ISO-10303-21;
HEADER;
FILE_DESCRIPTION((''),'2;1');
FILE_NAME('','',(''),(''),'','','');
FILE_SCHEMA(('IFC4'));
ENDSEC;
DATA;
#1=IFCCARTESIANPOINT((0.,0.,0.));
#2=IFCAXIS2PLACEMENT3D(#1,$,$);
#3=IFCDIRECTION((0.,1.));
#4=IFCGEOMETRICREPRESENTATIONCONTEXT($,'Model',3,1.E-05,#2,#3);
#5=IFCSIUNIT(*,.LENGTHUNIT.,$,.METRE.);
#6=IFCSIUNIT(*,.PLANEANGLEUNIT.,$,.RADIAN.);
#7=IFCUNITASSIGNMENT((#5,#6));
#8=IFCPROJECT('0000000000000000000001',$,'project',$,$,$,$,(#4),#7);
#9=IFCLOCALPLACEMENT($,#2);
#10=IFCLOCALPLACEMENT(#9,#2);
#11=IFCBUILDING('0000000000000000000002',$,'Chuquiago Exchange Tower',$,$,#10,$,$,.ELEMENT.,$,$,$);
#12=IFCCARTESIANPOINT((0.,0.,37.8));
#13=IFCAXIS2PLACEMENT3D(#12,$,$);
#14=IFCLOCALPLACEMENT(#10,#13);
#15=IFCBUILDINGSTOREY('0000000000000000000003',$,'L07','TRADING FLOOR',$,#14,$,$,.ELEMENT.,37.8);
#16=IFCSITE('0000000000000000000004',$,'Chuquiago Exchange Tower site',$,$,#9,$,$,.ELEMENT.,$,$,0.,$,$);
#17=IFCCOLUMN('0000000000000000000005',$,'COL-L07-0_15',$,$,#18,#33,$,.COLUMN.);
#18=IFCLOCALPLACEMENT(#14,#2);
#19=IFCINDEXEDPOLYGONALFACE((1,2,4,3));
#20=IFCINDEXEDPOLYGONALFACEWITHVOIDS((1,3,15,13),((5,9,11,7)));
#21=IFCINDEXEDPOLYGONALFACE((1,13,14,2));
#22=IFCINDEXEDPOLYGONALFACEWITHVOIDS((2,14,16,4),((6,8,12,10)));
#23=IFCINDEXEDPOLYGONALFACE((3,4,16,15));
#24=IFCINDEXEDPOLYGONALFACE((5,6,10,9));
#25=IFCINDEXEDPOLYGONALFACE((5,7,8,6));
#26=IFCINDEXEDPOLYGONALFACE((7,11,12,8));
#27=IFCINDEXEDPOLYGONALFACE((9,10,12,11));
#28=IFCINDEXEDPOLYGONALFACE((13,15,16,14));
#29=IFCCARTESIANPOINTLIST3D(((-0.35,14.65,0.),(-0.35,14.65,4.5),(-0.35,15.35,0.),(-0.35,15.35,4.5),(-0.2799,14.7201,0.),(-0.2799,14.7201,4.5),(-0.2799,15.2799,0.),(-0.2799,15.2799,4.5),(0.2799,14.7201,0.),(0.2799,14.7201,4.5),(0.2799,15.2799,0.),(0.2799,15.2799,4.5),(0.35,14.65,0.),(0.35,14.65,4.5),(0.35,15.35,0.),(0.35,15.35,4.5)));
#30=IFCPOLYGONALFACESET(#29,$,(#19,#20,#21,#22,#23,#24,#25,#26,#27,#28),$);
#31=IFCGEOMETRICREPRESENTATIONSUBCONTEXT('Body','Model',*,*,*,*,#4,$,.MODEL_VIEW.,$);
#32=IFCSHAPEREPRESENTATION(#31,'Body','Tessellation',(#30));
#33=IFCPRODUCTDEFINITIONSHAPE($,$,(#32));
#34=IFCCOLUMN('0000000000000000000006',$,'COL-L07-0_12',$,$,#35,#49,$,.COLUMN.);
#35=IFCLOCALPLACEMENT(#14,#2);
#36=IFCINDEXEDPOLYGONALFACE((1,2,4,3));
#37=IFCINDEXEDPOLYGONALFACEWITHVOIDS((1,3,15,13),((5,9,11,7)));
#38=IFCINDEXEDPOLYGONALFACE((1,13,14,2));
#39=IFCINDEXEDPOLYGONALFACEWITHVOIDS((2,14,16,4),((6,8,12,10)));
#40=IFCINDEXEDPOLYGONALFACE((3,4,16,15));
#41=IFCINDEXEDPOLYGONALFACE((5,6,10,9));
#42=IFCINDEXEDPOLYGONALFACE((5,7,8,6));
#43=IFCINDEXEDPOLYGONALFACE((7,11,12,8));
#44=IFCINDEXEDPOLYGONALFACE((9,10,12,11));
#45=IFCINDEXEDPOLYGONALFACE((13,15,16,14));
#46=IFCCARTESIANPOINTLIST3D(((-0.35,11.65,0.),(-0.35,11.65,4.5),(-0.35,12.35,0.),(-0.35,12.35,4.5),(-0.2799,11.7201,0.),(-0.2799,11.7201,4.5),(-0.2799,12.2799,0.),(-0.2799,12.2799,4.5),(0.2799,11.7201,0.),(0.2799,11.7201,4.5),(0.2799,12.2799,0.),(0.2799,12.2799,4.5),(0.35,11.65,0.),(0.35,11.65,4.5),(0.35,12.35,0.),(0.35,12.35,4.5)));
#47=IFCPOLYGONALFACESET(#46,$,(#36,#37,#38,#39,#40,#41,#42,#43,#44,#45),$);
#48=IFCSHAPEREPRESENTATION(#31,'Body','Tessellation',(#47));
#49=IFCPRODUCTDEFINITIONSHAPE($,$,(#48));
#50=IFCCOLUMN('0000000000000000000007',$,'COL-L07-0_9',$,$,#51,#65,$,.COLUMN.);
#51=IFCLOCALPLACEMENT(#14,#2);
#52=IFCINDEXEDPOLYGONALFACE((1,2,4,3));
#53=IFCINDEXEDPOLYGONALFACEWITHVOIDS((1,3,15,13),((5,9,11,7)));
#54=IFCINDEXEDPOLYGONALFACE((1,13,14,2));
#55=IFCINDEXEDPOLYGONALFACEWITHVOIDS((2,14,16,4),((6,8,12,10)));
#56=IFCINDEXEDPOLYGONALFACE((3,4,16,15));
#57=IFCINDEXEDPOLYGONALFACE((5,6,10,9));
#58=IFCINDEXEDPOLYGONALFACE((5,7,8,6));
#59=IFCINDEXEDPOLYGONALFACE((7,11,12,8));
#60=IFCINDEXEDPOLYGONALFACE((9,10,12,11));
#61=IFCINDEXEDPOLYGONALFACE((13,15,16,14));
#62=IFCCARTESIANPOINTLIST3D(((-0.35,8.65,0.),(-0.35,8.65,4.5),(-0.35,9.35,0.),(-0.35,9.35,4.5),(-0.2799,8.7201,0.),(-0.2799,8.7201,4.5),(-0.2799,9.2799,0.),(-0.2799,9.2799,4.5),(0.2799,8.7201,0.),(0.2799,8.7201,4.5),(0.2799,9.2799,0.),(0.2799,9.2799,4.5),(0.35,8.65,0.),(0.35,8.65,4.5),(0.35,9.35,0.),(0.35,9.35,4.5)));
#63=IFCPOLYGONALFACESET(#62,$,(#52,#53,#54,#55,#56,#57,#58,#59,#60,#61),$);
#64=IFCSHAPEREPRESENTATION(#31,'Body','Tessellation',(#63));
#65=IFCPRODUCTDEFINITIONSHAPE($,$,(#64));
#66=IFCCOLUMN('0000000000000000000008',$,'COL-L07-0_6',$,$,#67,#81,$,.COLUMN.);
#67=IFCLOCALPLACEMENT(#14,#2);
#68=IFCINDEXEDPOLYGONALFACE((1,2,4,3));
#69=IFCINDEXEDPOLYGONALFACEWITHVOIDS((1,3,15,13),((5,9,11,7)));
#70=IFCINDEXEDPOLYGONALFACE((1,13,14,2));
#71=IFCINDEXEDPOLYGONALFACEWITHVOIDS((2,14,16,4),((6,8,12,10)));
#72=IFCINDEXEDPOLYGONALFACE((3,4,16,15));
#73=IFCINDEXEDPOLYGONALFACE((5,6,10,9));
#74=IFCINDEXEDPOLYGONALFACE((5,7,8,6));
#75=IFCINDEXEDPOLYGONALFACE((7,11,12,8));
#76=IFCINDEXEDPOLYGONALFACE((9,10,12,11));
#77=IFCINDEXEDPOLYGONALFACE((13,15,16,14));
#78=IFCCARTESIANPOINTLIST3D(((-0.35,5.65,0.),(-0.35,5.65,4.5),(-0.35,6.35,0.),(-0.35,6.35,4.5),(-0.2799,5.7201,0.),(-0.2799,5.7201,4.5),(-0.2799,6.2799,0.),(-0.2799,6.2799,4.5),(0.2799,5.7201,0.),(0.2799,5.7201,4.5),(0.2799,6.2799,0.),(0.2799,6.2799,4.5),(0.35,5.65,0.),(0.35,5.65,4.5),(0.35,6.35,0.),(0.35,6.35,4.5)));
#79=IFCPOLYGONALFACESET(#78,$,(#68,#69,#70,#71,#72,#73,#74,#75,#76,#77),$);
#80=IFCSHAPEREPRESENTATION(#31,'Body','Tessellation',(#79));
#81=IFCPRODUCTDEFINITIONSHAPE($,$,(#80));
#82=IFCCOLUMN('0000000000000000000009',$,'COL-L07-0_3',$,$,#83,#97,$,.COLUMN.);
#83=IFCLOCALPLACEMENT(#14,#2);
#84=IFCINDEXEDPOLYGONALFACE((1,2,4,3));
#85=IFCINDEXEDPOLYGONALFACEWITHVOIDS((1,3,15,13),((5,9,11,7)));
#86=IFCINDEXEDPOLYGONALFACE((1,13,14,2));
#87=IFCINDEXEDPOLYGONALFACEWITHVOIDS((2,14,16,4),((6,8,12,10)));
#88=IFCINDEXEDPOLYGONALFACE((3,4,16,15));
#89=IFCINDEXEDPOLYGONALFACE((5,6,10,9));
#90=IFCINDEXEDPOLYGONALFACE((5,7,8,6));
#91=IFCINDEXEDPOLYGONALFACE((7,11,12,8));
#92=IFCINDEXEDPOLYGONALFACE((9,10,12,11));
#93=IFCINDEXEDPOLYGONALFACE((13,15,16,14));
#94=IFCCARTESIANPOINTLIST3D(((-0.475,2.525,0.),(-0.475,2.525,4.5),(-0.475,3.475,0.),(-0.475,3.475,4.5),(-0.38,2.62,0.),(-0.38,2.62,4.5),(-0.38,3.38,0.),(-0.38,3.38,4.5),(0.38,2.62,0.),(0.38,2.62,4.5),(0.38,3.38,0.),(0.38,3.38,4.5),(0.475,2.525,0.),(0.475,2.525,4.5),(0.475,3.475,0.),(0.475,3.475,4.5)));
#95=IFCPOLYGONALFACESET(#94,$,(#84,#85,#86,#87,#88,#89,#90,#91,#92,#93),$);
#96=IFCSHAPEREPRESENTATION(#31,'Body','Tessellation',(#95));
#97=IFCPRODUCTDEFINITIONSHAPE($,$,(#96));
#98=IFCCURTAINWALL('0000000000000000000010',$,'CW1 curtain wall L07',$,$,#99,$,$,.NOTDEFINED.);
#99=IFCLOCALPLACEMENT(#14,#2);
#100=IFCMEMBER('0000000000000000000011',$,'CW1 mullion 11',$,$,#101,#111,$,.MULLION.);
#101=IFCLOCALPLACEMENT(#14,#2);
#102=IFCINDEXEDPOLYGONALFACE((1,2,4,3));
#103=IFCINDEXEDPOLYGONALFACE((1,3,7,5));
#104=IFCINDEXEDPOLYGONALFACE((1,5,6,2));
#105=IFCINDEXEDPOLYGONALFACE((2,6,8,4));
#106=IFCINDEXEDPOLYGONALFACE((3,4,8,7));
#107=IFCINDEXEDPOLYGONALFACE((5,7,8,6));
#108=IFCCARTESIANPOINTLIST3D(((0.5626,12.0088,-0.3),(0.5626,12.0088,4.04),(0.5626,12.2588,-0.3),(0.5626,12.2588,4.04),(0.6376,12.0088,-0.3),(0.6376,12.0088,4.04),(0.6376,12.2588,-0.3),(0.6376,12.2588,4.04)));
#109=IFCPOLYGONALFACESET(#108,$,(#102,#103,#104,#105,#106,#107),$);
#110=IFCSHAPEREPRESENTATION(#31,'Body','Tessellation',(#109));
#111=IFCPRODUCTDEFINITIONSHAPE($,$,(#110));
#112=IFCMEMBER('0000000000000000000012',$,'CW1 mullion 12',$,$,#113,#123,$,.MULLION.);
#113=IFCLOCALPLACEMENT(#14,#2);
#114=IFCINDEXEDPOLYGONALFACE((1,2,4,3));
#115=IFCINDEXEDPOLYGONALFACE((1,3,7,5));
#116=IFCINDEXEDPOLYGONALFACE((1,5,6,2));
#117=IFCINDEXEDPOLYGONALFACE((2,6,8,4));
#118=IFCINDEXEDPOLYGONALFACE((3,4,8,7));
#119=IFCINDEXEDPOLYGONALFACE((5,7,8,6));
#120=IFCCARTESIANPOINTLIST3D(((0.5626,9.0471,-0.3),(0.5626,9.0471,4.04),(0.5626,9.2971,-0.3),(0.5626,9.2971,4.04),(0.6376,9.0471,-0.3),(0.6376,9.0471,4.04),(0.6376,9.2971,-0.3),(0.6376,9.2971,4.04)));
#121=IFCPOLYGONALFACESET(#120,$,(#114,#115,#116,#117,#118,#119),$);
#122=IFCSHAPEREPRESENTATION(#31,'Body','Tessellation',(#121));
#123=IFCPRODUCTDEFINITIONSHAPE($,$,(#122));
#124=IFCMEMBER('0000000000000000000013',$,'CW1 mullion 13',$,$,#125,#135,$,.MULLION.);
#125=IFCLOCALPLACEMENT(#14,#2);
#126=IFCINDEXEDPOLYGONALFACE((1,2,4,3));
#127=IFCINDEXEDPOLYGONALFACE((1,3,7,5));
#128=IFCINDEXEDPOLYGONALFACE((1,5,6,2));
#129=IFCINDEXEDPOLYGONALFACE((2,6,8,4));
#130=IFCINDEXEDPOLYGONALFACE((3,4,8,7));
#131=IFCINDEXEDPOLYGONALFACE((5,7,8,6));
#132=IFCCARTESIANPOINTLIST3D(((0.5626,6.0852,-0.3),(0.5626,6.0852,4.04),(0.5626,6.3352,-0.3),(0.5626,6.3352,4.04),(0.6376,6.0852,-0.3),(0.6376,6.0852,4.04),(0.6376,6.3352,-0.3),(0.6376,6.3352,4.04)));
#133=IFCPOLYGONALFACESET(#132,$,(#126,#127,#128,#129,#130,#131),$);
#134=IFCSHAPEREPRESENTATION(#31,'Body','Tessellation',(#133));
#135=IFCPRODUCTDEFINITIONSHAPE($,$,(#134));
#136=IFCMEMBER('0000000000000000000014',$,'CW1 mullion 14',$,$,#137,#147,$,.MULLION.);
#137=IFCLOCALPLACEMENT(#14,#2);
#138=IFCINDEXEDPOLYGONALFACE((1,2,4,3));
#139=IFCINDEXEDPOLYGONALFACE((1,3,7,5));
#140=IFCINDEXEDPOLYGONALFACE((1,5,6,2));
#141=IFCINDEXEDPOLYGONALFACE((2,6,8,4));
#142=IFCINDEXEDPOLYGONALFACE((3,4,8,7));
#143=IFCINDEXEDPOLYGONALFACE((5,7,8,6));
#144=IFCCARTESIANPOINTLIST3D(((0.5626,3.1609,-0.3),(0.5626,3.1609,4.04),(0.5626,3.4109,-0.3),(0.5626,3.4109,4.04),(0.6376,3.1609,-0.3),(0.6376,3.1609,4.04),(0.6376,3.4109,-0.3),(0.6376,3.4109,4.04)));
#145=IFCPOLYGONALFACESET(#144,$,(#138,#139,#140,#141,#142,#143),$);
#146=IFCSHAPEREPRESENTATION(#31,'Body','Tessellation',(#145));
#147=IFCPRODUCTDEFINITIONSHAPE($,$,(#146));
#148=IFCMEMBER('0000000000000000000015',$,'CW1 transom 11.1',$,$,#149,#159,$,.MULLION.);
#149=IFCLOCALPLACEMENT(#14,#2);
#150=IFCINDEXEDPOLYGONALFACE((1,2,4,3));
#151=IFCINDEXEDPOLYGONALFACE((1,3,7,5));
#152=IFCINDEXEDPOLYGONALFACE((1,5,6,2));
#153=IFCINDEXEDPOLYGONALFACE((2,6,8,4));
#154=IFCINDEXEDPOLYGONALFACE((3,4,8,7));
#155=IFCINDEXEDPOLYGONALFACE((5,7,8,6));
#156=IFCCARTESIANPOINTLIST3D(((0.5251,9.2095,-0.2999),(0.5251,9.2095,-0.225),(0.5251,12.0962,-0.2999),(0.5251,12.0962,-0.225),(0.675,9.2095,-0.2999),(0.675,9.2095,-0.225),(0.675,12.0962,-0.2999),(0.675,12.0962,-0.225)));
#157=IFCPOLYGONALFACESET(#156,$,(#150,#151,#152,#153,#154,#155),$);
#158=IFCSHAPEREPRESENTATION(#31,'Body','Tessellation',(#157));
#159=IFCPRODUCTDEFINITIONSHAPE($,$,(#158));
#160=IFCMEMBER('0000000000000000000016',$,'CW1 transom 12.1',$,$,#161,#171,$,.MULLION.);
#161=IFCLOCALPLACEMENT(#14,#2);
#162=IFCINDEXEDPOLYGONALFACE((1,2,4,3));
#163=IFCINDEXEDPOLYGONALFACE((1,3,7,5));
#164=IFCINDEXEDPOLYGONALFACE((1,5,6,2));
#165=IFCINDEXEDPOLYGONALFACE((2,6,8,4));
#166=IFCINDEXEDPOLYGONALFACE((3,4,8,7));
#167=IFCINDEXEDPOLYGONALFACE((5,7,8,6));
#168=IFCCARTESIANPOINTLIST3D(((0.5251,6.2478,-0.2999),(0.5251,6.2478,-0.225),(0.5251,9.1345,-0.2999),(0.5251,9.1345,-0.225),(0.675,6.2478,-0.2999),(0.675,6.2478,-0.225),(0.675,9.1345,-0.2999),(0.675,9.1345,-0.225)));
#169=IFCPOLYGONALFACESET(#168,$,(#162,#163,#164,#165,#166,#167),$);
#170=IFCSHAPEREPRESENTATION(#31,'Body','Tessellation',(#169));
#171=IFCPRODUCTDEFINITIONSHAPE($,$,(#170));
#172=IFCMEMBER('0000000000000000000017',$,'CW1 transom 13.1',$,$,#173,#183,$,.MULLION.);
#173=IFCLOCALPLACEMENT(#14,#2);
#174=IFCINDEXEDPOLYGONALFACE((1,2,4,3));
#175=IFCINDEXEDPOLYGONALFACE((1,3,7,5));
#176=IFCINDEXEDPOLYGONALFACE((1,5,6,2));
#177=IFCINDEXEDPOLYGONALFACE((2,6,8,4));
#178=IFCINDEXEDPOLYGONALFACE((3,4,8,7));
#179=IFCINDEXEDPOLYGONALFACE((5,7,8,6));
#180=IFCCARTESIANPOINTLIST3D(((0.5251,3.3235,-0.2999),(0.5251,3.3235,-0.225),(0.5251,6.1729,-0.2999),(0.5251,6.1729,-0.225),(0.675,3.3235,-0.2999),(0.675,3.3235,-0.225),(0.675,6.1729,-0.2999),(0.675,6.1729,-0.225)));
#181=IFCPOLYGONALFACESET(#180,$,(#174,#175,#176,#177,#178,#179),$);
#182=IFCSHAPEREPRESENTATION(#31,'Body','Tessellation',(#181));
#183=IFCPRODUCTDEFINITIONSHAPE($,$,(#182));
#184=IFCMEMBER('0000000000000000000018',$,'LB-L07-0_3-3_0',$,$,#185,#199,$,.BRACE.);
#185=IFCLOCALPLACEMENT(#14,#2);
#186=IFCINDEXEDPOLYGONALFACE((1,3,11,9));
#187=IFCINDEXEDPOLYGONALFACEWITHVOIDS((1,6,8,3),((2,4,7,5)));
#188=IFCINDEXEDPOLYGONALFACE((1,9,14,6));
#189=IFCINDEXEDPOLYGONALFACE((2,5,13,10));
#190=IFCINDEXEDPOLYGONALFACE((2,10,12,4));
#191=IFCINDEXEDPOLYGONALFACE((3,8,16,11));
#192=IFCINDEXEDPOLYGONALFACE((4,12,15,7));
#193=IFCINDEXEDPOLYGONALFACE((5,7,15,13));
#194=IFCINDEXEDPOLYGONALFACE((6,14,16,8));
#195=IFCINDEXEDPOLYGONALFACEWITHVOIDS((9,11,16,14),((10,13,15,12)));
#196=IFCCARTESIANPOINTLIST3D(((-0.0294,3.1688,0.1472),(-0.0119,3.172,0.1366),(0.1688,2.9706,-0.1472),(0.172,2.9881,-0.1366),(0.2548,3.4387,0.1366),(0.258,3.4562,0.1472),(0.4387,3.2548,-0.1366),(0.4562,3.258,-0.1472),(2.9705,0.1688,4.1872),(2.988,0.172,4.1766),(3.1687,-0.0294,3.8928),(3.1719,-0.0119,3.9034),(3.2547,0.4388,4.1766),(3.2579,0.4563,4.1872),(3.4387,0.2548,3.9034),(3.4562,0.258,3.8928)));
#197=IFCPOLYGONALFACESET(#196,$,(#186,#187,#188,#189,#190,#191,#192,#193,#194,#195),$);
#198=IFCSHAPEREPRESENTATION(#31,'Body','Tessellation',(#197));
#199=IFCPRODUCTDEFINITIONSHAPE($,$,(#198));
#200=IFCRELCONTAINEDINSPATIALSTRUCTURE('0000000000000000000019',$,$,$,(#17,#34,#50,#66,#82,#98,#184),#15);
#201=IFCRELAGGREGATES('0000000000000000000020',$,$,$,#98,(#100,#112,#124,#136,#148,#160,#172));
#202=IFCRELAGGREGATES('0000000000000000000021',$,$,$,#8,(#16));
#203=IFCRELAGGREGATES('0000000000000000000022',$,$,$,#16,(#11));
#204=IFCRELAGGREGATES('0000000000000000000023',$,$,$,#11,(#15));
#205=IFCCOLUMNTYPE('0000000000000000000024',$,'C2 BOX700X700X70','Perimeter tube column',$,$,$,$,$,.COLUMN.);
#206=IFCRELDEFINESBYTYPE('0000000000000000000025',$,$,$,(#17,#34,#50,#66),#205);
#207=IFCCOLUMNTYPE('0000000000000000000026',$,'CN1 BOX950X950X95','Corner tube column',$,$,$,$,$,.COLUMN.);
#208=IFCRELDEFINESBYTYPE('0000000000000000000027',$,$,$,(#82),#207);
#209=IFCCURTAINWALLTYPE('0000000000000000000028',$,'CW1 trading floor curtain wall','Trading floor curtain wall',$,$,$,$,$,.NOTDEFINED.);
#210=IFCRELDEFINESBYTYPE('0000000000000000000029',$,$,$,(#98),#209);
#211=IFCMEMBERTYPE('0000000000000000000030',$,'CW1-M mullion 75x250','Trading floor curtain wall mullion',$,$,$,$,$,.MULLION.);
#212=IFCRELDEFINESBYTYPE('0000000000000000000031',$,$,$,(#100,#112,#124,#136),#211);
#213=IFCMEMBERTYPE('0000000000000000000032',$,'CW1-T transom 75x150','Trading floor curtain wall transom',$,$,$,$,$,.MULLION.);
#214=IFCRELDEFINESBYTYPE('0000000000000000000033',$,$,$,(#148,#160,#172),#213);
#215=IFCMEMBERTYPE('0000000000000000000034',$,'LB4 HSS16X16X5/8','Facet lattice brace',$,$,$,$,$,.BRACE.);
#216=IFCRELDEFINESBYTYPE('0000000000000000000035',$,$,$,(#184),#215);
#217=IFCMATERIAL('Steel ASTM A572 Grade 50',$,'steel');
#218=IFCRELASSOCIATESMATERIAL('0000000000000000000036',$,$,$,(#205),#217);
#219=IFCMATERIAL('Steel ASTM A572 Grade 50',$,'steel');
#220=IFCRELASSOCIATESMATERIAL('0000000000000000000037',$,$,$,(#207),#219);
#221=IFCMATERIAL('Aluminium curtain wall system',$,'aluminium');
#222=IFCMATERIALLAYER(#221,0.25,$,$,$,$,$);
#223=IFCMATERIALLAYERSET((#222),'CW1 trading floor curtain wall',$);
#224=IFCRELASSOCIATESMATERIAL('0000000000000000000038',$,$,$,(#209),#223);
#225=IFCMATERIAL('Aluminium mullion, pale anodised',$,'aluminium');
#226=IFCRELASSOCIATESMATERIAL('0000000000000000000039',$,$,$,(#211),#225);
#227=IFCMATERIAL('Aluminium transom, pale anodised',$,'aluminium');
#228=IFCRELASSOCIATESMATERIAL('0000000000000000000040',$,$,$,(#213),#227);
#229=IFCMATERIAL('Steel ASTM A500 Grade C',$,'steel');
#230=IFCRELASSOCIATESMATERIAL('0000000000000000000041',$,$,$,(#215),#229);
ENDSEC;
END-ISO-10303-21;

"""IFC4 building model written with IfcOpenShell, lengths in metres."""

from ifc_helpers import new_model, si_unit, direction, frame, origin, origin_2d, place, context, subcontext, project, spatial, rectangle, hollow_rectangle, extrude, material, layer, layer_set, material_profile, profile_set, type_object, element, aggregate, save


model = new_model("IFC4")

# Units and contexts
model_context = context("Model", 3, precision=1e-05, world=origin(), true_north=direction((0.0, 1.0)))
body_context = subcontext(model_context, "Body", "Model", "MODEL_VIEW")
ifc_project = project(units=[si_unit("LENGTHUNIT", "METRE"), si_unit("PLANEANGLEUNIT", "RADIAN")], contexts=[model_context])

# Site, building, storey
site_placement = place(None, origin())
site = spatial("IfcSite", under=ifc_project, at=site_placement, Name="Chuquiago Exchange Tower site", CompositionType="ELEMENT", RefElevation=0.0)
building_placement = place(site_placement, origin())
building = spatial("IfcBuilding", under=site, at=building_placement, Name="Chuquiago Exchange Tower", CompositionType="ELEMENT")
storey_placement = place(building_placement, frame((0.0, 0.0, 37.8)))
storey = spatial("IfcBuildingStorey", under=building, at=storey_placement, Name="L07", Description="TRADING FLOOR", CompositionType="ELEMENT", Elevation=37.8)

# Columns
ifc_material_1 = material(Name="Steel ASTM A572 Grade 50", Category="steel")
ifc_material_profile_1 = material_profile(ifc_material_1, hollow_rectangle(XDim=0.7, YDim=0.7, WallThickness=0.0701, at=origin_2d()), Name="BOX700X700X70")
ifc_profile_set_1 = profile_set([ifc_material_profile_1], Name="Steel ASTM A572 Grade 50")
column_type_1 = type_object("IfcColumnType", Name="C2 BOX700X700X70", Description="Perimeter tube column", PredefinedType="COLUMN", material=ifc_profile_set_1)
for number, where, z_axis, x_axis, name in (
    (1, (0.0, 15.0, 0.0), (0.0, 0.0, 1.0), (-1.0, 0.0, 0.0), "COL-L07-0_15"),
    (2, (0.0, 12.0, 0.0), (0.0, 0.0, 1.0), (-1.0, 0.0, 0.0), "COL-L07-0_12"),
    (3, (0.0, 9.0, 0.0), (0.0, 0.0, 1.0), (-1.0, 0.0, 0.0), "COL-L07-0_9"),
    (4, (0.0, 6.0, 0.0), (0.0, 0.0, 1.0), (-1.0, 0.0, 0.0), "COL-L07-0_6"),
):
    element("IfcColumn", number, at=place(storey_placement, frame(where, z_axis=z_axis, x_axis=x_axis)), inside=storey, type_object=column_type_1, Name=name, PredefinedType="COLUMN", context=body_context, shape_type="SweptSolid", body=[
        extrude(hollow_rectangle(XDim=0.7, YDim=0.7, WallThickness=0.0701, at=origin_2d()), origin(), (0.0, 0.0, 1.0), 4.5),
    ])
ifc_material_2 = material(Name="Steel ASTM A572 Grade 50", Category="steel")
ifc_material_profile_2 = material_profile(ifc_material_2, hollow_rectangle(XDim=0.95, YDim=0.95, WallThickness=0.095, at=origin_2d()), Name="BOX950X950X95")
ifc_profile_set_2 = profile_set([ifc_material_profile_2], Name="Steel ASTM A572 Grade 50")
column_type_2 = type_object("IfcColumnType", Name="CN1 BOX950X950X95", Description="Corner tube column", PredefinedType="COLUMN", material=ifc_profile_set_2)
column_placement = place(storey_placement, frame((0.0, 3.0, 0.0), z_axis=(0.0, 0.0, 1.0), x_axis=(-1.0, 0.0, 0.0)))
element("IfcColumn", 5, at=column_placement, inside=storey, type_object=column_type_2, Name="COL-L07-0_3", PredefinedType="COLUMN", context=body_context, shape_type="SweptSolid", body=[
    extrude(hollow_rectangle(XDim=0.95, YDim=0.95, WallThickness=0.095, at=origin_2d()), origin(), (0.0, 0.0, 1.0), 4.5),
])

# Curtain wall, members
ifc_material_3 = material(Name="Aluminium curtain wall system", Category="aluminium")
ifc_layer_1 = layer(ifc_material_3, 0.25)
ifc_layer_set_1 = layer_set([ifc_layer_1], Name="CW1 trading floor curtain wall")
curtain_wall_type = type_object("IfcCurtainWallType", Name="CW1 trading floor curtain wall", Description="Trading floor curtain wall", PredefinedType="NOTDEFINED", material=ifc_layer_set_1)
curtain_wall_placement = place(storey_placement, origin())
curtain_wall = element("IfcCurtainWall", 6, at=curtain_wall_placement, inside=storey, type_object=curtain_wall_type, Name="CW1 curtain wall L07", PredefinedType="NOTDEFINED")
ifc_material_4 = material(Name="Aluminium mullion, pale anodised", Category="aluminium")
ifc_material_profile_3 = material_profile(ifc_material_4, rectangle(XDim=0.075, YDim=0.25, at=origin_2d()), Name="AL 75x250")
ifc_profile_set_3 = profile_set([ifc_material_profile_3], Name="Aluminium mullion, pale anodised")
member_type_1 = type_object("IfcMemberType", Name="CW1-M mullion 75x250", Description="Trading floor curtain wall mullion", PredefinedType="MULLION", material=ifc_profile_set_3)
member_1_placement = place(storey_placement, frame((0.6001, 12.1338, -0.3), z_axis=(0.0, 0.0, 1.0), x_axis=(1.0, 0.0, 0.0)))
member_1 = element("IfcMember", 7, at=member_1_placement, type_object=member_type_1, Name="CW1 mullion 11", PredefinedType="MULLION", context=body_context, shape_type="SweptSolid", body=[
    extrude(rectangle(XDim=0.075, YDim=0.25, at=origin_2d()), origin(), (0.0, 0.0, 1.0), 4.3401),
])
member_2_placement = place(storey_placement, frame((0.6001, 9.1721, -0.3), z_axis=(0.0, 0.0, 1.0), x_axis=(1.0, 0.0, 0.0)))
member_2 = element("IfcMember", 8, at=member_2_placement, type_object=member_type_1, Name="CW1 mullion 12", PredefinedType="MULLION", context=body_context, shape_type="SweptSolid", body=[
    extrude(rectangle(XDim=0.075, YDim=0.25, at=origin_2d()), origin(), (0.0, 0.0, 1.0), 4.3401),
])
member_3_placement = place(storey_placement, frame((0.6001, 6.2102, -0.3), z_axis=(0.0, 0.0, 1.0), x_axis=(1.0, 0.0, 0.0)))
member_3 = element("IfcMember", 9, at=member_3_placement, type_object=member_type_1, Name="CW1 mullion 13", PredefinedType="MULLION", context=body_context, shape_type="SweptSolid", body=[
    extrude(rectangle(XDim=0.075, YDim=0.25, at=origin_2d()), origin(), (0.0, 0.0, 1.0), 4.3401),
])
member_4_placement = place(storey_placement, frame((0.6001, 3.2859, -0.3), z_axis=(0.0, 0.0, 1.0), x_axis=(1.0, 0.0, 0.0)))
member_4 = element("IfcMember", 10, at=member_4_placement, type_object=member_type_1, Name="CW1 mullion 14", PredefinedType="MULLION", context=body_context, shape_type="SweptSolid", body=[
    extrude(rectangle(XDim=0.075, YDim=0.25, at=origin_2d()), origin(), (0.0, 0.0, 1.0), 4.3401),
])
ifc_material_5 = material(Name="Aluminium transom, pale anodised", Category="aluminium")
ifc_material_profile_4 = material_profile(ifc_material_5, rectangle(XDim=0.1499, YDim=0.075, at=origin_2d()), Name="AL 150x75")
ifc_profile_set_4 = profile_set([ifc_material_profile_4], Name="Aluminium transom, pale anodised")
member_type_2 = type_object("IfcMemberType", Name="CW1-T transom 75x150", Description="Trading floor curtain wall transom", PredefinedType="MULLION", material=ifc_profile_set_4)
member_5_placement = place(storey_placement, frame((0.6001, 12.0962, -0.2625), z_axis=(0.0, -1.0, 0.0), x_axis=(1.0, 0.0, 0.0)))
member_5 = element("IfcMember", 11, at=member_5_placement, type_object=member_type_2, Name="CW1 transom 11.1", PredefinedType="MULLION", context=body_context, shape_type="SweptSolid", body=[
    extrude(rectangle(XDim=0.1499, YDim=0.075, at=origin_2d()), origin(), (0.0, 0.0, 1.0), 2.8867),
])
member_6_placement = place(storey_placement, frame((0.6001, 9.1345, -0.2625), z_axis=(0.0, -1.0, 0.0), x_axis=(1.0, 0.0, 0.0)))
member_6 = element("IfcMember", 12, at=member_6_placement, type_object=member_type_2, Name="CW1 transom 12.1", PredefinedType="MULLION", context=body_context, shape_type="SweptSolid", body=[
    extrude(rectangle(XDim=0.1499, YDim=0.075, at=origin_2d()), origin(), (0.0, 0.0, 1.0), 2.8867),
])
member_7_placement = place(storey_placement, frame((0.6001, 6.1729, -0.2625), z_axis=(0.0, -1.0, 0.0), x_axis=(1.0, 0.0, 0.0)))
member_7 = element("IfcMember", 13, at=member_7_placement, type_object=member_type_2, Name="CW1 transom 13.1", PredefinedType="MULLION", context=body_context, shape_type="SweptSolid", body=[
    extrude(rectangle(XDim=0.1499, YDim=0.075, at=origin_2d()), origin(), (0.0, 0.0, 1.0), 2.8494),
])

# Member
ifc_material_6 = material(Name="Steel ASTM A500 Grade C", Category="steel")
ifc_material_profile_5 = material_profile(ifc_material_6, hollow_rectangle(XDim=0.4065, YDim=0.4065, WallThickness=0.0146, at=origin_2d()), Name="HSS16X16X5/8")
ifc_profile_set_5 = profile_set([ifc_material_profile_5], Name="Steel ASTM A500 Grade C")
member_type_3 = type_object("IfcMemberType", Name="LB4 HSS16X16X5/8", Description="Facet lattice brace", PredefinedType="BRACE", material=ifc_profile_set_5)
member_8_placement = place(storey_placement, frame((0.2134, 3.2134, 0.0), z_axis=(0.512077, -0.512077, 0.689604), x_axis=(0.707107, 0.707107, 0.0)))
element("IfcMember", 14, at=member_8_placement, inside=storey, type_object=member_type_3, Name="LB-L07-0_3-3_0", PredefinedType="BRACE", context=body_context, shape_type="SweptSolid", body=[
    extrude(hollow_rectangle(XDim=0.4065, YDim=0.4065, WallThickness=0.0146, at=origin_2d()), origin(), (0.0, 0.0, 1.0), 5.8584),
])

aggregate(curtain_wall, [member_1, member_2, member_3, member_4, member_5, member_6, member_7])

save(model, "model.ifc")
